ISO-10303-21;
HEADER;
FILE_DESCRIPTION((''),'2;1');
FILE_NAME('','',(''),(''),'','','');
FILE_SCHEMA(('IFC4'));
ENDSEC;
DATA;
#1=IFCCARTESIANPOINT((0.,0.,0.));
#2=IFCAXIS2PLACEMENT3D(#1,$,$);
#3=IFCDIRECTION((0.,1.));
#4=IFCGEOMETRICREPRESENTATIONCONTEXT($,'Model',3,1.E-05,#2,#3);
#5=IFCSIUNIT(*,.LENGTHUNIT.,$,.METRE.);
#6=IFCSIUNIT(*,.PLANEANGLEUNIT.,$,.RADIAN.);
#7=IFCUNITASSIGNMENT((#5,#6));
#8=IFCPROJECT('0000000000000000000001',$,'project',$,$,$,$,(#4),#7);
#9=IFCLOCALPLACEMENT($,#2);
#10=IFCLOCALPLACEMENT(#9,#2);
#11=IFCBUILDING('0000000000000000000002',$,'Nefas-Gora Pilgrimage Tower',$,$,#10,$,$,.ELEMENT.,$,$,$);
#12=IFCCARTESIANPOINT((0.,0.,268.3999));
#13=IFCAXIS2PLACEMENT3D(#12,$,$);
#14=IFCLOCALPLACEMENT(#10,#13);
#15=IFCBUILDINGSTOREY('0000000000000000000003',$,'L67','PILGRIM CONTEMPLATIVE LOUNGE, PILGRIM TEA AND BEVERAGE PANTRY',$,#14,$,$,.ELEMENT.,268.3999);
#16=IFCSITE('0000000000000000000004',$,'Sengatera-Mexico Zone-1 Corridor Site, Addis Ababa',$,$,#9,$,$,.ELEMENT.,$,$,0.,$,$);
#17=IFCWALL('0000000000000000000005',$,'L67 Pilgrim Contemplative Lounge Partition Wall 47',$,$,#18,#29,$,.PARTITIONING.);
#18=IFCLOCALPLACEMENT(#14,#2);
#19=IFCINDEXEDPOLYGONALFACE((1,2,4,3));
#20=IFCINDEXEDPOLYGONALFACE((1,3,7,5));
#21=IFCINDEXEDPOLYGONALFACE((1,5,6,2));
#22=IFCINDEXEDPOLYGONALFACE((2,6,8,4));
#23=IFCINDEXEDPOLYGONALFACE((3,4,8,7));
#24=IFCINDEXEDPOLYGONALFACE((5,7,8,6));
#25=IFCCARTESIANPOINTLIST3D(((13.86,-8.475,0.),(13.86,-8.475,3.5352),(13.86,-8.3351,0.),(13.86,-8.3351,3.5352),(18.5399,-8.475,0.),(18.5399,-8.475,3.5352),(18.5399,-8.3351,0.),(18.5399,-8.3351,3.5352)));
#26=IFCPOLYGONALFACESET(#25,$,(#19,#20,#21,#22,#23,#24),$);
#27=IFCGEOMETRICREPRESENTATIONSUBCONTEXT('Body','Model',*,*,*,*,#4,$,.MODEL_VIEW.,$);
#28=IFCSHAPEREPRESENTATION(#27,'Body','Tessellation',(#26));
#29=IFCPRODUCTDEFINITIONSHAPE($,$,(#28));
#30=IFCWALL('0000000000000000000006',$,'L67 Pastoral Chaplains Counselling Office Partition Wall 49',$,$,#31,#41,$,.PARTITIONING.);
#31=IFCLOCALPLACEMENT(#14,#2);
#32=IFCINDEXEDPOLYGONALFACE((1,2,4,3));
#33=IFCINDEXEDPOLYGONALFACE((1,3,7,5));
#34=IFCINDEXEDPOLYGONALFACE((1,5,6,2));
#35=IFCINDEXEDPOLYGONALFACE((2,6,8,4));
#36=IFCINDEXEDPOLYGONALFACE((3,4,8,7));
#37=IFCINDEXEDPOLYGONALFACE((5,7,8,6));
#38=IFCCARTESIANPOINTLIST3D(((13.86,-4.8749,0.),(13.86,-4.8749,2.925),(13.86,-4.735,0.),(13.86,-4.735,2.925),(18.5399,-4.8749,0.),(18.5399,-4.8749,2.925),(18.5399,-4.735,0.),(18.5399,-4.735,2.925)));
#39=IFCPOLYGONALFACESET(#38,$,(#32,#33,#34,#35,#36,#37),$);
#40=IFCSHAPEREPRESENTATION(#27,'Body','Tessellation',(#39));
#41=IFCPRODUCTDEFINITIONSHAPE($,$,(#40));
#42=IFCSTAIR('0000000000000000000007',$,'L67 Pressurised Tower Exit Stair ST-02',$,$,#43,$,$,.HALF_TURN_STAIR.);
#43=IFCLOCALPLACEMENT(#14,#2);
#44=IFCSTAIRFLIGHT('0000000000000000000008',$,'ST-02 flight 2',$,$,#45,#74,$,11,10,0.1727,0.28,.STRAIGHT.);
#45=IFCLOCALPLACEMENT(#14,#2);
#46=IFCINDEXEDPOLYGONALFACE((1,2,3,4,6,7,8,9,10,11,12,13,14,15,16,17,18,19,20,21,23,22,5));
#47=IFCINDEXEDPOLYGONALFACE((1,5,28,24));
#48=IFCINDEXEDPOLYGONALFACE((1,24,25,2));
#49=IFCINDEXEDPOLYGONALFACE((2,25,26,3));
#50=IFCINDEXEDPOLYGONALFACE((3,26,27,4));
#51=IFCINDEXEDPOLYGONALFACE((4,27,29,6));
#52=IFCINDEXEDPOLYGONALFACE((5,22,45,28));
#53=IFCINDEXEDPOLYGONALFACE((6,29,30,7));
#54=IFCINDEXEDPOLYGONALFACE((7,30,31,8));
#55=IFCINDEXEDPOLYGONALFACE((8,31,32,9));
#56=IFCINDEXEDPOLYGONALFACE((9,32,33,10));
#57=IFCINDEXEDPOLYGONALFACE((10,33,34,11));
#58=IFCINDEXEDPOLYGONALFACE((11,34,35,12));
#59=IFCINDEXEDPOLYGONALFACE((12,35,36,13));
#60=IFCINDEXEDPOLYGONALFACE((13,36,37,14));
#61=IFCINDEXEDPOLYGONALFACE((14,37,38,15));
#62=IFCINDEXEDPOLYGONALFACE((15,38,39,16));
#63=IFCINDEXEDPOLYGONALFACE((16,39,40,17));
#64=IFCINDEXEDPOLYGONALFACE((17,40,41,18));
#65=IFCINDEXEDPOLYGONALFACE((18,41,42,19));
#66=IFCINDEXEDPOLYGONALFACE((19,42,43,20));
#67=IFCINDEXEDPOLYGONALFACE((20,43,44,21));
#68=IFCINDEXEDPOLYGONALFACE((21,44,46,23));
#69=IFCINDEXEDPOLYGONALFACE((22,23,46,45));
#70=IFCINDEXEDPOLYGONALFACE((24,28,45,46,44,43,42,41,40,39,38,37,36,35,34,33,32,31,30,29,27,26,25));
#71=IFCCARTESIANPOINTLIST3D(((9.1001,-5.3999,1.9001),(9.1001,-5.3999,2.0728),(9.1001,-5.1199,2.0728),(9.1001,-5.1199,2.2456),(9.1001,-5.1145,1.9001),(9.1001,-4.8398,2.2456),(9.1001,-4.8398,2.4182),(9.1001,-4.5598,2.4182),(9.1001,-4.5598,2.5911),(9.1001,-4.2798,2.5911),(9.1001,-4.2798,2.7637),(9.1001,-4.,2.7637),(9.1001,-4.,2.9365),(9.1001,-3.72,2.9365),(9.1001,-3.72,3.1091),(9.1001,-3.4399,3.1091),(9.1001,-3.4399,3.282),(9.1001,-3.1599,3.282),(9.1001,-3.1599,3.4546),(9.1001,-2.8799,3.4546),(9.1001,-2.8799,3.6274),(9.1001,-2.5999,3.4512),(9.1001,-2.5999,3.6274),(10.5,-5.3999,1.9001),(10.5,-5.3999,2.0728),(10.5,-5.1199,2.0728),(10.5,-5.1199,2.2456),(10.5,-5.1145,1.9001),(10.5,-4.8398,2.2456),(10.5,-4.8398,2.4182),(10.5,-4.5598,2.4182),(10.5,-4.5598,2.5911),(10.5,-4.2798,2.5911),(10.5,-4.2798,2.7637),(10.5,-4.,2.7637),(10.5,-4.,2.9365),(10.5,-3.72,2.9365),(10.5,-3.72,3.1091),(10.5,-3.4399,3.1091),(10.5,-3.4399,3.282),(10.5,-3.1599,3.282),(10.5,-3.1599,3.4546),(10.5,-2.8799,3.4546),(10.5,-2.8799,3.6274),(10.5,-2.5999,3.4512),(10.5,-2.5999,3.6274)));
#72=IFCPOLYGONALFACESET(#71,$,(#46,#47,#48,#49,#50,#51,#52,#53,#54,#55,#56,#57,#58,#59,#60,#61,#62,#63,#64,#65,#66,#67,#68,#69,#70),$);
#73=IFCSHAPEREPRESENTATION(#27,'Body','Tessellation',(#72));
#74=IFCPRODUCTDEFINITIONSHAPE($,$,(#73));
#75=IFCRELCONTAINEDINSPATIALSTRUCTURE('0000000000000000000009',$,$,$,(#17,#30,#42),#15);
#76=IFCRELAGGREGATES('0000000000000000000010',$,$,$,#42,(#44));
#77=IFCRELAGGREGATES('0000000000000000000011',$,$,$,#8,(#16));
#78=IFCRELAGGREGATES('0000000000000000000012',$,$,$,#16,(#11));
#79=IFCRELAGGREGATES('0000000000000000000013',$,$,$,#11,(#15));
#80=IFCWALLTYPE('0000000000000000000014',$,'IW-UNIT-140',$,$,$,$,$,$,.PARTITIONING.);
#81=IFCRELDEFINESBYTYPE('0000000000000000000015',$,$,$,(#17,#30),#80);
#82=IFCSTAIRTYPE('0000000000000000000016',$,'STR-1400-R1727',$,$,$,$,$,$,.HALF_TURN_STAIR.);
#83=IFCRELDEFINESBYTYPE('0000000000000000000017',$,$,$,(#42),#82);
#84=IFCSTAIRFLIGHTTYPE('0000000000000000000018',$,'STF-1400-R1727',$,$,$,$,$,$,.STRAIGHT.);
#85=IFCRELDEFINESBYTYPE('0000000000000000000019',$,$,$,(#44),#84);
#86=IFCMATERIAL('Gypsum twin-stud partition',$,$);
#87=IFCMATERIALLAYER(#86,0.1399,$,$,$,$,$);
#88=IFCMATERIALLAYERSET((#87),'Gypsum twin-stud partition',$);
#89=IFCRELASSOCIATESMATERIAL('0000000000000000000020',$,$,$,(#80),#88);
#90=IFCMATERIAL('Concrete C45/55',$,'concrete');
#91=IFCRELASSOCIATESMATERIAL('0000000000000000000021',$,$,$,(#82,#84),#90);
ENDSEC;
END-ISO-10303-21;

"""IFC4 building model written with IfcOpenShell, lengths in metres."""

from ifc_helpers import new_model, si_unit, direction, frame, frame_2d, origin, place, context, subcontext, project, spatial, polyline, rectangle, outline, extrude, source, transform, mapped, material, layer, layer_set, type_object, element, aggregate, save


model = new_model("IFC4")

# Units and contexts
model_context = context("Model", 3, precision=1e-05, world=origin(), true_north=direction((0.0, 1.0)))
body_context = subcontext(model_context, "Body", "Model", "MODEL_VIEW")
ifc_project = project(units=[si_unit("LENGTHUNIT", "METRE"), si_unit("PLANEANGLEUNIT", "RADIAN")], contexts=[model_context])

# Site, building, storey
site_placement = place(None, origin())
site = spatial("IfcSite", under=ifc_project, at=site_placement, Name="Sengatera-Mexico Zone-1 Corridor Site, Addis Ababa", CompositionType="ELEMENT", RefElevation=0.0)
building_placement = place(site_placement, origin())
building = spatial("IfcBuilding", under=site, at=building_placement, Name="Nefas-Gora Pilgrimage Tower", CompositionType="ELEMENT")
storey_placement = place(building_placement, frame((0.0, 0.0, 268.3999)))
storey = spatial("IfcBuildingStorey", under=building, at=storey_placement, Name="L67", Description="PILGRIM CONTEMPLATIVE LOUNGE, PILGRIM TEA AND BEVERAGE PANTRY", CompositionType="ELEMENT", Elevation=268.3999)

# Shared definitions
ifc_material_1 = material(Name="Concrete C45/55", Category="concrete")

# Walls
ifc_material_2 = material(Name="Gypsum twin-stud partition")
ifc_layer_1 = layer(ifc_material_2, 0.1399)
ifc_layer_set_1 = layer_set([ifc_layer_1], Name="Gypsum twin-stud partition")
wall_type_1 = type_object("IfcWallType", Name="IW-UNIT-140", PredefinedType="PARTITIONING", material=ifc_layer_set_1)
shared_shape_1 = source(origin(), body_context, "Body", "SweptSolid", [
    extrude(rectangle(XDim=4.6799, YDim=0.1399, at=frame_2d((2.3398, 0.0))), origin(), (0.0, 0.0, 1.0), 3.5352),
])
wall_1_placement = place(storey_placement, frame((13.8601, -8.405, 0.0), z_axis=(0.0, 0.0, 1.0), x_axis=(1.0, 0.0, 0.0)))
element("IfcWall", 1, at=wall_1_placement, inside=storey, type_object=wall_type_1, Name="L67 Pilgrim Contemplative Lounge Partition Wall 47", PredefinedType="PARTITIONING", context=body_context, shape_type="MappedRepresentation", body=[
    mapped(shared_shape_1, transform((0.0, 0.0, 0.0), x_axis=(1.0, 0.0, 0.0), y_axis=(0.0, 1.0, 0.0), z_axis=(0.0, 0.0, 1.0), scale=1.0)),
])
shared_shape_2 = source(origin(), body_context, "Body", "SweptSolid", [
    extrude(rectangle(XDim=4.6799, YDim=0.1399, at=frame_2d((2.3398, 0.0))), origin(), (0.0, 0.0, 1.0), 2.925),
])
wall_2_placement = place(storey_placement, frame((13.8601, -4.8049, 0.0), z_axis=(0.0, 0.0, 1.0), x_axis=(1.0, 0.0, 0.0)))
element("IfcWall", 2, at=wall_2_placement, inside=storey, type_object=wall_type_1, Name="L67 Pastoral Chaplains Counselling Office Partition Wall 49", PredefinedType="PARTITIONING", context=body_context, shape_type="MappedRepresentation", body=[
    mapped(shared_shape_2, transform((0.0, 0.0, 0.0), x_axis=(1.0, 0.0, 0.0), y_axis=(0.0, 1.0, 0.0), z_axis=(0.0, 0.0, 1.0), scale=1.0)),
])

# Stair, stair flight
stair_type = type_object("IfcStairType", Name="STR-1400-R1727", PredefinedType="HALF_TURN_STAIR", material=ifc_material_1)
stair_placement = place(storey_placement, origin())
stair = element("IfcStair", 3, at=stair_placement, inside=storey, type_object=stair_type, Name="L67 Pressurised Tower Exit Stair ST-02", PredefinedType="HALF_TURN_STAIR")
stair_flight_type = type_object("IfcStairFlightType", Name="STF-1400-R1727", PredefinedType="STRAIGHT", material=ifc_material_1)
shared_shape_3 = source(origin(), body_context, "Body", "SweptSolid", [
    extrude(outline(polyline([(0.0, 0.0), (0.0, 0.1726), (0.28, 0.1726), (0.28, 0.3455), (0.5601, 0.3455), (0.5601, 0.5181), (0.8401, 0.5181), (0.8401, 0.6909), (1.1201, 0.6909), (1.1201, 0.8635), (1.3999, 0.8635), (1.3999, 1.0364), (1.6799, 1.0364), (1.6799, 1.209), (1.96, 1.209), (1.96, 1.3818), (2.24, 1.3818), (2.24, 1.5544), (2.52, 1.5544), (2.52, 1.7273), (2.8, 1.7273), (2.8, 1.8999), (2.8, 1.551), (0.2854, 0.0), (0.0, 0.0)])), frame((0.0, 0.7, 0.0), z_axis=(0.0, -1.0, 0.0), x_axis=(1.0, 0.0, 0.0)), (0.0, 0.0, 1.0), 1.3999),
])
stair_flight_placement = place(storey_placement, frame((9.8, -5.3999, 1.9001), z_axis=(0.0, 0.0, 1.0), x_axis=(0.0, 1.0, 0.0)))
stair_flight = element("IfcStairFlight", 4, at=stair_flight_placement, type_object=stair_flight_type, Name="ST-02 flight 2", NumberOfRisers=11, NumberOfTreads=10, PredefinedType="STRAIGHT", RiserHeight=0.1727, TreadLength=0.28, context=body_context, shape_type="MappedRepresentation", body=[
    mapped(shared_shape_3, transform((0.0, 0.0, 0.0), x_axis=(1.0, 0.0, 0.0), y_axis=(0.0, 1.0, 0.0), z_axis=(0.0, 0.0, 1.0), scale=1.0)),
])
aggregate(stair, [stair_flight])

save(model, "model.ifc")
